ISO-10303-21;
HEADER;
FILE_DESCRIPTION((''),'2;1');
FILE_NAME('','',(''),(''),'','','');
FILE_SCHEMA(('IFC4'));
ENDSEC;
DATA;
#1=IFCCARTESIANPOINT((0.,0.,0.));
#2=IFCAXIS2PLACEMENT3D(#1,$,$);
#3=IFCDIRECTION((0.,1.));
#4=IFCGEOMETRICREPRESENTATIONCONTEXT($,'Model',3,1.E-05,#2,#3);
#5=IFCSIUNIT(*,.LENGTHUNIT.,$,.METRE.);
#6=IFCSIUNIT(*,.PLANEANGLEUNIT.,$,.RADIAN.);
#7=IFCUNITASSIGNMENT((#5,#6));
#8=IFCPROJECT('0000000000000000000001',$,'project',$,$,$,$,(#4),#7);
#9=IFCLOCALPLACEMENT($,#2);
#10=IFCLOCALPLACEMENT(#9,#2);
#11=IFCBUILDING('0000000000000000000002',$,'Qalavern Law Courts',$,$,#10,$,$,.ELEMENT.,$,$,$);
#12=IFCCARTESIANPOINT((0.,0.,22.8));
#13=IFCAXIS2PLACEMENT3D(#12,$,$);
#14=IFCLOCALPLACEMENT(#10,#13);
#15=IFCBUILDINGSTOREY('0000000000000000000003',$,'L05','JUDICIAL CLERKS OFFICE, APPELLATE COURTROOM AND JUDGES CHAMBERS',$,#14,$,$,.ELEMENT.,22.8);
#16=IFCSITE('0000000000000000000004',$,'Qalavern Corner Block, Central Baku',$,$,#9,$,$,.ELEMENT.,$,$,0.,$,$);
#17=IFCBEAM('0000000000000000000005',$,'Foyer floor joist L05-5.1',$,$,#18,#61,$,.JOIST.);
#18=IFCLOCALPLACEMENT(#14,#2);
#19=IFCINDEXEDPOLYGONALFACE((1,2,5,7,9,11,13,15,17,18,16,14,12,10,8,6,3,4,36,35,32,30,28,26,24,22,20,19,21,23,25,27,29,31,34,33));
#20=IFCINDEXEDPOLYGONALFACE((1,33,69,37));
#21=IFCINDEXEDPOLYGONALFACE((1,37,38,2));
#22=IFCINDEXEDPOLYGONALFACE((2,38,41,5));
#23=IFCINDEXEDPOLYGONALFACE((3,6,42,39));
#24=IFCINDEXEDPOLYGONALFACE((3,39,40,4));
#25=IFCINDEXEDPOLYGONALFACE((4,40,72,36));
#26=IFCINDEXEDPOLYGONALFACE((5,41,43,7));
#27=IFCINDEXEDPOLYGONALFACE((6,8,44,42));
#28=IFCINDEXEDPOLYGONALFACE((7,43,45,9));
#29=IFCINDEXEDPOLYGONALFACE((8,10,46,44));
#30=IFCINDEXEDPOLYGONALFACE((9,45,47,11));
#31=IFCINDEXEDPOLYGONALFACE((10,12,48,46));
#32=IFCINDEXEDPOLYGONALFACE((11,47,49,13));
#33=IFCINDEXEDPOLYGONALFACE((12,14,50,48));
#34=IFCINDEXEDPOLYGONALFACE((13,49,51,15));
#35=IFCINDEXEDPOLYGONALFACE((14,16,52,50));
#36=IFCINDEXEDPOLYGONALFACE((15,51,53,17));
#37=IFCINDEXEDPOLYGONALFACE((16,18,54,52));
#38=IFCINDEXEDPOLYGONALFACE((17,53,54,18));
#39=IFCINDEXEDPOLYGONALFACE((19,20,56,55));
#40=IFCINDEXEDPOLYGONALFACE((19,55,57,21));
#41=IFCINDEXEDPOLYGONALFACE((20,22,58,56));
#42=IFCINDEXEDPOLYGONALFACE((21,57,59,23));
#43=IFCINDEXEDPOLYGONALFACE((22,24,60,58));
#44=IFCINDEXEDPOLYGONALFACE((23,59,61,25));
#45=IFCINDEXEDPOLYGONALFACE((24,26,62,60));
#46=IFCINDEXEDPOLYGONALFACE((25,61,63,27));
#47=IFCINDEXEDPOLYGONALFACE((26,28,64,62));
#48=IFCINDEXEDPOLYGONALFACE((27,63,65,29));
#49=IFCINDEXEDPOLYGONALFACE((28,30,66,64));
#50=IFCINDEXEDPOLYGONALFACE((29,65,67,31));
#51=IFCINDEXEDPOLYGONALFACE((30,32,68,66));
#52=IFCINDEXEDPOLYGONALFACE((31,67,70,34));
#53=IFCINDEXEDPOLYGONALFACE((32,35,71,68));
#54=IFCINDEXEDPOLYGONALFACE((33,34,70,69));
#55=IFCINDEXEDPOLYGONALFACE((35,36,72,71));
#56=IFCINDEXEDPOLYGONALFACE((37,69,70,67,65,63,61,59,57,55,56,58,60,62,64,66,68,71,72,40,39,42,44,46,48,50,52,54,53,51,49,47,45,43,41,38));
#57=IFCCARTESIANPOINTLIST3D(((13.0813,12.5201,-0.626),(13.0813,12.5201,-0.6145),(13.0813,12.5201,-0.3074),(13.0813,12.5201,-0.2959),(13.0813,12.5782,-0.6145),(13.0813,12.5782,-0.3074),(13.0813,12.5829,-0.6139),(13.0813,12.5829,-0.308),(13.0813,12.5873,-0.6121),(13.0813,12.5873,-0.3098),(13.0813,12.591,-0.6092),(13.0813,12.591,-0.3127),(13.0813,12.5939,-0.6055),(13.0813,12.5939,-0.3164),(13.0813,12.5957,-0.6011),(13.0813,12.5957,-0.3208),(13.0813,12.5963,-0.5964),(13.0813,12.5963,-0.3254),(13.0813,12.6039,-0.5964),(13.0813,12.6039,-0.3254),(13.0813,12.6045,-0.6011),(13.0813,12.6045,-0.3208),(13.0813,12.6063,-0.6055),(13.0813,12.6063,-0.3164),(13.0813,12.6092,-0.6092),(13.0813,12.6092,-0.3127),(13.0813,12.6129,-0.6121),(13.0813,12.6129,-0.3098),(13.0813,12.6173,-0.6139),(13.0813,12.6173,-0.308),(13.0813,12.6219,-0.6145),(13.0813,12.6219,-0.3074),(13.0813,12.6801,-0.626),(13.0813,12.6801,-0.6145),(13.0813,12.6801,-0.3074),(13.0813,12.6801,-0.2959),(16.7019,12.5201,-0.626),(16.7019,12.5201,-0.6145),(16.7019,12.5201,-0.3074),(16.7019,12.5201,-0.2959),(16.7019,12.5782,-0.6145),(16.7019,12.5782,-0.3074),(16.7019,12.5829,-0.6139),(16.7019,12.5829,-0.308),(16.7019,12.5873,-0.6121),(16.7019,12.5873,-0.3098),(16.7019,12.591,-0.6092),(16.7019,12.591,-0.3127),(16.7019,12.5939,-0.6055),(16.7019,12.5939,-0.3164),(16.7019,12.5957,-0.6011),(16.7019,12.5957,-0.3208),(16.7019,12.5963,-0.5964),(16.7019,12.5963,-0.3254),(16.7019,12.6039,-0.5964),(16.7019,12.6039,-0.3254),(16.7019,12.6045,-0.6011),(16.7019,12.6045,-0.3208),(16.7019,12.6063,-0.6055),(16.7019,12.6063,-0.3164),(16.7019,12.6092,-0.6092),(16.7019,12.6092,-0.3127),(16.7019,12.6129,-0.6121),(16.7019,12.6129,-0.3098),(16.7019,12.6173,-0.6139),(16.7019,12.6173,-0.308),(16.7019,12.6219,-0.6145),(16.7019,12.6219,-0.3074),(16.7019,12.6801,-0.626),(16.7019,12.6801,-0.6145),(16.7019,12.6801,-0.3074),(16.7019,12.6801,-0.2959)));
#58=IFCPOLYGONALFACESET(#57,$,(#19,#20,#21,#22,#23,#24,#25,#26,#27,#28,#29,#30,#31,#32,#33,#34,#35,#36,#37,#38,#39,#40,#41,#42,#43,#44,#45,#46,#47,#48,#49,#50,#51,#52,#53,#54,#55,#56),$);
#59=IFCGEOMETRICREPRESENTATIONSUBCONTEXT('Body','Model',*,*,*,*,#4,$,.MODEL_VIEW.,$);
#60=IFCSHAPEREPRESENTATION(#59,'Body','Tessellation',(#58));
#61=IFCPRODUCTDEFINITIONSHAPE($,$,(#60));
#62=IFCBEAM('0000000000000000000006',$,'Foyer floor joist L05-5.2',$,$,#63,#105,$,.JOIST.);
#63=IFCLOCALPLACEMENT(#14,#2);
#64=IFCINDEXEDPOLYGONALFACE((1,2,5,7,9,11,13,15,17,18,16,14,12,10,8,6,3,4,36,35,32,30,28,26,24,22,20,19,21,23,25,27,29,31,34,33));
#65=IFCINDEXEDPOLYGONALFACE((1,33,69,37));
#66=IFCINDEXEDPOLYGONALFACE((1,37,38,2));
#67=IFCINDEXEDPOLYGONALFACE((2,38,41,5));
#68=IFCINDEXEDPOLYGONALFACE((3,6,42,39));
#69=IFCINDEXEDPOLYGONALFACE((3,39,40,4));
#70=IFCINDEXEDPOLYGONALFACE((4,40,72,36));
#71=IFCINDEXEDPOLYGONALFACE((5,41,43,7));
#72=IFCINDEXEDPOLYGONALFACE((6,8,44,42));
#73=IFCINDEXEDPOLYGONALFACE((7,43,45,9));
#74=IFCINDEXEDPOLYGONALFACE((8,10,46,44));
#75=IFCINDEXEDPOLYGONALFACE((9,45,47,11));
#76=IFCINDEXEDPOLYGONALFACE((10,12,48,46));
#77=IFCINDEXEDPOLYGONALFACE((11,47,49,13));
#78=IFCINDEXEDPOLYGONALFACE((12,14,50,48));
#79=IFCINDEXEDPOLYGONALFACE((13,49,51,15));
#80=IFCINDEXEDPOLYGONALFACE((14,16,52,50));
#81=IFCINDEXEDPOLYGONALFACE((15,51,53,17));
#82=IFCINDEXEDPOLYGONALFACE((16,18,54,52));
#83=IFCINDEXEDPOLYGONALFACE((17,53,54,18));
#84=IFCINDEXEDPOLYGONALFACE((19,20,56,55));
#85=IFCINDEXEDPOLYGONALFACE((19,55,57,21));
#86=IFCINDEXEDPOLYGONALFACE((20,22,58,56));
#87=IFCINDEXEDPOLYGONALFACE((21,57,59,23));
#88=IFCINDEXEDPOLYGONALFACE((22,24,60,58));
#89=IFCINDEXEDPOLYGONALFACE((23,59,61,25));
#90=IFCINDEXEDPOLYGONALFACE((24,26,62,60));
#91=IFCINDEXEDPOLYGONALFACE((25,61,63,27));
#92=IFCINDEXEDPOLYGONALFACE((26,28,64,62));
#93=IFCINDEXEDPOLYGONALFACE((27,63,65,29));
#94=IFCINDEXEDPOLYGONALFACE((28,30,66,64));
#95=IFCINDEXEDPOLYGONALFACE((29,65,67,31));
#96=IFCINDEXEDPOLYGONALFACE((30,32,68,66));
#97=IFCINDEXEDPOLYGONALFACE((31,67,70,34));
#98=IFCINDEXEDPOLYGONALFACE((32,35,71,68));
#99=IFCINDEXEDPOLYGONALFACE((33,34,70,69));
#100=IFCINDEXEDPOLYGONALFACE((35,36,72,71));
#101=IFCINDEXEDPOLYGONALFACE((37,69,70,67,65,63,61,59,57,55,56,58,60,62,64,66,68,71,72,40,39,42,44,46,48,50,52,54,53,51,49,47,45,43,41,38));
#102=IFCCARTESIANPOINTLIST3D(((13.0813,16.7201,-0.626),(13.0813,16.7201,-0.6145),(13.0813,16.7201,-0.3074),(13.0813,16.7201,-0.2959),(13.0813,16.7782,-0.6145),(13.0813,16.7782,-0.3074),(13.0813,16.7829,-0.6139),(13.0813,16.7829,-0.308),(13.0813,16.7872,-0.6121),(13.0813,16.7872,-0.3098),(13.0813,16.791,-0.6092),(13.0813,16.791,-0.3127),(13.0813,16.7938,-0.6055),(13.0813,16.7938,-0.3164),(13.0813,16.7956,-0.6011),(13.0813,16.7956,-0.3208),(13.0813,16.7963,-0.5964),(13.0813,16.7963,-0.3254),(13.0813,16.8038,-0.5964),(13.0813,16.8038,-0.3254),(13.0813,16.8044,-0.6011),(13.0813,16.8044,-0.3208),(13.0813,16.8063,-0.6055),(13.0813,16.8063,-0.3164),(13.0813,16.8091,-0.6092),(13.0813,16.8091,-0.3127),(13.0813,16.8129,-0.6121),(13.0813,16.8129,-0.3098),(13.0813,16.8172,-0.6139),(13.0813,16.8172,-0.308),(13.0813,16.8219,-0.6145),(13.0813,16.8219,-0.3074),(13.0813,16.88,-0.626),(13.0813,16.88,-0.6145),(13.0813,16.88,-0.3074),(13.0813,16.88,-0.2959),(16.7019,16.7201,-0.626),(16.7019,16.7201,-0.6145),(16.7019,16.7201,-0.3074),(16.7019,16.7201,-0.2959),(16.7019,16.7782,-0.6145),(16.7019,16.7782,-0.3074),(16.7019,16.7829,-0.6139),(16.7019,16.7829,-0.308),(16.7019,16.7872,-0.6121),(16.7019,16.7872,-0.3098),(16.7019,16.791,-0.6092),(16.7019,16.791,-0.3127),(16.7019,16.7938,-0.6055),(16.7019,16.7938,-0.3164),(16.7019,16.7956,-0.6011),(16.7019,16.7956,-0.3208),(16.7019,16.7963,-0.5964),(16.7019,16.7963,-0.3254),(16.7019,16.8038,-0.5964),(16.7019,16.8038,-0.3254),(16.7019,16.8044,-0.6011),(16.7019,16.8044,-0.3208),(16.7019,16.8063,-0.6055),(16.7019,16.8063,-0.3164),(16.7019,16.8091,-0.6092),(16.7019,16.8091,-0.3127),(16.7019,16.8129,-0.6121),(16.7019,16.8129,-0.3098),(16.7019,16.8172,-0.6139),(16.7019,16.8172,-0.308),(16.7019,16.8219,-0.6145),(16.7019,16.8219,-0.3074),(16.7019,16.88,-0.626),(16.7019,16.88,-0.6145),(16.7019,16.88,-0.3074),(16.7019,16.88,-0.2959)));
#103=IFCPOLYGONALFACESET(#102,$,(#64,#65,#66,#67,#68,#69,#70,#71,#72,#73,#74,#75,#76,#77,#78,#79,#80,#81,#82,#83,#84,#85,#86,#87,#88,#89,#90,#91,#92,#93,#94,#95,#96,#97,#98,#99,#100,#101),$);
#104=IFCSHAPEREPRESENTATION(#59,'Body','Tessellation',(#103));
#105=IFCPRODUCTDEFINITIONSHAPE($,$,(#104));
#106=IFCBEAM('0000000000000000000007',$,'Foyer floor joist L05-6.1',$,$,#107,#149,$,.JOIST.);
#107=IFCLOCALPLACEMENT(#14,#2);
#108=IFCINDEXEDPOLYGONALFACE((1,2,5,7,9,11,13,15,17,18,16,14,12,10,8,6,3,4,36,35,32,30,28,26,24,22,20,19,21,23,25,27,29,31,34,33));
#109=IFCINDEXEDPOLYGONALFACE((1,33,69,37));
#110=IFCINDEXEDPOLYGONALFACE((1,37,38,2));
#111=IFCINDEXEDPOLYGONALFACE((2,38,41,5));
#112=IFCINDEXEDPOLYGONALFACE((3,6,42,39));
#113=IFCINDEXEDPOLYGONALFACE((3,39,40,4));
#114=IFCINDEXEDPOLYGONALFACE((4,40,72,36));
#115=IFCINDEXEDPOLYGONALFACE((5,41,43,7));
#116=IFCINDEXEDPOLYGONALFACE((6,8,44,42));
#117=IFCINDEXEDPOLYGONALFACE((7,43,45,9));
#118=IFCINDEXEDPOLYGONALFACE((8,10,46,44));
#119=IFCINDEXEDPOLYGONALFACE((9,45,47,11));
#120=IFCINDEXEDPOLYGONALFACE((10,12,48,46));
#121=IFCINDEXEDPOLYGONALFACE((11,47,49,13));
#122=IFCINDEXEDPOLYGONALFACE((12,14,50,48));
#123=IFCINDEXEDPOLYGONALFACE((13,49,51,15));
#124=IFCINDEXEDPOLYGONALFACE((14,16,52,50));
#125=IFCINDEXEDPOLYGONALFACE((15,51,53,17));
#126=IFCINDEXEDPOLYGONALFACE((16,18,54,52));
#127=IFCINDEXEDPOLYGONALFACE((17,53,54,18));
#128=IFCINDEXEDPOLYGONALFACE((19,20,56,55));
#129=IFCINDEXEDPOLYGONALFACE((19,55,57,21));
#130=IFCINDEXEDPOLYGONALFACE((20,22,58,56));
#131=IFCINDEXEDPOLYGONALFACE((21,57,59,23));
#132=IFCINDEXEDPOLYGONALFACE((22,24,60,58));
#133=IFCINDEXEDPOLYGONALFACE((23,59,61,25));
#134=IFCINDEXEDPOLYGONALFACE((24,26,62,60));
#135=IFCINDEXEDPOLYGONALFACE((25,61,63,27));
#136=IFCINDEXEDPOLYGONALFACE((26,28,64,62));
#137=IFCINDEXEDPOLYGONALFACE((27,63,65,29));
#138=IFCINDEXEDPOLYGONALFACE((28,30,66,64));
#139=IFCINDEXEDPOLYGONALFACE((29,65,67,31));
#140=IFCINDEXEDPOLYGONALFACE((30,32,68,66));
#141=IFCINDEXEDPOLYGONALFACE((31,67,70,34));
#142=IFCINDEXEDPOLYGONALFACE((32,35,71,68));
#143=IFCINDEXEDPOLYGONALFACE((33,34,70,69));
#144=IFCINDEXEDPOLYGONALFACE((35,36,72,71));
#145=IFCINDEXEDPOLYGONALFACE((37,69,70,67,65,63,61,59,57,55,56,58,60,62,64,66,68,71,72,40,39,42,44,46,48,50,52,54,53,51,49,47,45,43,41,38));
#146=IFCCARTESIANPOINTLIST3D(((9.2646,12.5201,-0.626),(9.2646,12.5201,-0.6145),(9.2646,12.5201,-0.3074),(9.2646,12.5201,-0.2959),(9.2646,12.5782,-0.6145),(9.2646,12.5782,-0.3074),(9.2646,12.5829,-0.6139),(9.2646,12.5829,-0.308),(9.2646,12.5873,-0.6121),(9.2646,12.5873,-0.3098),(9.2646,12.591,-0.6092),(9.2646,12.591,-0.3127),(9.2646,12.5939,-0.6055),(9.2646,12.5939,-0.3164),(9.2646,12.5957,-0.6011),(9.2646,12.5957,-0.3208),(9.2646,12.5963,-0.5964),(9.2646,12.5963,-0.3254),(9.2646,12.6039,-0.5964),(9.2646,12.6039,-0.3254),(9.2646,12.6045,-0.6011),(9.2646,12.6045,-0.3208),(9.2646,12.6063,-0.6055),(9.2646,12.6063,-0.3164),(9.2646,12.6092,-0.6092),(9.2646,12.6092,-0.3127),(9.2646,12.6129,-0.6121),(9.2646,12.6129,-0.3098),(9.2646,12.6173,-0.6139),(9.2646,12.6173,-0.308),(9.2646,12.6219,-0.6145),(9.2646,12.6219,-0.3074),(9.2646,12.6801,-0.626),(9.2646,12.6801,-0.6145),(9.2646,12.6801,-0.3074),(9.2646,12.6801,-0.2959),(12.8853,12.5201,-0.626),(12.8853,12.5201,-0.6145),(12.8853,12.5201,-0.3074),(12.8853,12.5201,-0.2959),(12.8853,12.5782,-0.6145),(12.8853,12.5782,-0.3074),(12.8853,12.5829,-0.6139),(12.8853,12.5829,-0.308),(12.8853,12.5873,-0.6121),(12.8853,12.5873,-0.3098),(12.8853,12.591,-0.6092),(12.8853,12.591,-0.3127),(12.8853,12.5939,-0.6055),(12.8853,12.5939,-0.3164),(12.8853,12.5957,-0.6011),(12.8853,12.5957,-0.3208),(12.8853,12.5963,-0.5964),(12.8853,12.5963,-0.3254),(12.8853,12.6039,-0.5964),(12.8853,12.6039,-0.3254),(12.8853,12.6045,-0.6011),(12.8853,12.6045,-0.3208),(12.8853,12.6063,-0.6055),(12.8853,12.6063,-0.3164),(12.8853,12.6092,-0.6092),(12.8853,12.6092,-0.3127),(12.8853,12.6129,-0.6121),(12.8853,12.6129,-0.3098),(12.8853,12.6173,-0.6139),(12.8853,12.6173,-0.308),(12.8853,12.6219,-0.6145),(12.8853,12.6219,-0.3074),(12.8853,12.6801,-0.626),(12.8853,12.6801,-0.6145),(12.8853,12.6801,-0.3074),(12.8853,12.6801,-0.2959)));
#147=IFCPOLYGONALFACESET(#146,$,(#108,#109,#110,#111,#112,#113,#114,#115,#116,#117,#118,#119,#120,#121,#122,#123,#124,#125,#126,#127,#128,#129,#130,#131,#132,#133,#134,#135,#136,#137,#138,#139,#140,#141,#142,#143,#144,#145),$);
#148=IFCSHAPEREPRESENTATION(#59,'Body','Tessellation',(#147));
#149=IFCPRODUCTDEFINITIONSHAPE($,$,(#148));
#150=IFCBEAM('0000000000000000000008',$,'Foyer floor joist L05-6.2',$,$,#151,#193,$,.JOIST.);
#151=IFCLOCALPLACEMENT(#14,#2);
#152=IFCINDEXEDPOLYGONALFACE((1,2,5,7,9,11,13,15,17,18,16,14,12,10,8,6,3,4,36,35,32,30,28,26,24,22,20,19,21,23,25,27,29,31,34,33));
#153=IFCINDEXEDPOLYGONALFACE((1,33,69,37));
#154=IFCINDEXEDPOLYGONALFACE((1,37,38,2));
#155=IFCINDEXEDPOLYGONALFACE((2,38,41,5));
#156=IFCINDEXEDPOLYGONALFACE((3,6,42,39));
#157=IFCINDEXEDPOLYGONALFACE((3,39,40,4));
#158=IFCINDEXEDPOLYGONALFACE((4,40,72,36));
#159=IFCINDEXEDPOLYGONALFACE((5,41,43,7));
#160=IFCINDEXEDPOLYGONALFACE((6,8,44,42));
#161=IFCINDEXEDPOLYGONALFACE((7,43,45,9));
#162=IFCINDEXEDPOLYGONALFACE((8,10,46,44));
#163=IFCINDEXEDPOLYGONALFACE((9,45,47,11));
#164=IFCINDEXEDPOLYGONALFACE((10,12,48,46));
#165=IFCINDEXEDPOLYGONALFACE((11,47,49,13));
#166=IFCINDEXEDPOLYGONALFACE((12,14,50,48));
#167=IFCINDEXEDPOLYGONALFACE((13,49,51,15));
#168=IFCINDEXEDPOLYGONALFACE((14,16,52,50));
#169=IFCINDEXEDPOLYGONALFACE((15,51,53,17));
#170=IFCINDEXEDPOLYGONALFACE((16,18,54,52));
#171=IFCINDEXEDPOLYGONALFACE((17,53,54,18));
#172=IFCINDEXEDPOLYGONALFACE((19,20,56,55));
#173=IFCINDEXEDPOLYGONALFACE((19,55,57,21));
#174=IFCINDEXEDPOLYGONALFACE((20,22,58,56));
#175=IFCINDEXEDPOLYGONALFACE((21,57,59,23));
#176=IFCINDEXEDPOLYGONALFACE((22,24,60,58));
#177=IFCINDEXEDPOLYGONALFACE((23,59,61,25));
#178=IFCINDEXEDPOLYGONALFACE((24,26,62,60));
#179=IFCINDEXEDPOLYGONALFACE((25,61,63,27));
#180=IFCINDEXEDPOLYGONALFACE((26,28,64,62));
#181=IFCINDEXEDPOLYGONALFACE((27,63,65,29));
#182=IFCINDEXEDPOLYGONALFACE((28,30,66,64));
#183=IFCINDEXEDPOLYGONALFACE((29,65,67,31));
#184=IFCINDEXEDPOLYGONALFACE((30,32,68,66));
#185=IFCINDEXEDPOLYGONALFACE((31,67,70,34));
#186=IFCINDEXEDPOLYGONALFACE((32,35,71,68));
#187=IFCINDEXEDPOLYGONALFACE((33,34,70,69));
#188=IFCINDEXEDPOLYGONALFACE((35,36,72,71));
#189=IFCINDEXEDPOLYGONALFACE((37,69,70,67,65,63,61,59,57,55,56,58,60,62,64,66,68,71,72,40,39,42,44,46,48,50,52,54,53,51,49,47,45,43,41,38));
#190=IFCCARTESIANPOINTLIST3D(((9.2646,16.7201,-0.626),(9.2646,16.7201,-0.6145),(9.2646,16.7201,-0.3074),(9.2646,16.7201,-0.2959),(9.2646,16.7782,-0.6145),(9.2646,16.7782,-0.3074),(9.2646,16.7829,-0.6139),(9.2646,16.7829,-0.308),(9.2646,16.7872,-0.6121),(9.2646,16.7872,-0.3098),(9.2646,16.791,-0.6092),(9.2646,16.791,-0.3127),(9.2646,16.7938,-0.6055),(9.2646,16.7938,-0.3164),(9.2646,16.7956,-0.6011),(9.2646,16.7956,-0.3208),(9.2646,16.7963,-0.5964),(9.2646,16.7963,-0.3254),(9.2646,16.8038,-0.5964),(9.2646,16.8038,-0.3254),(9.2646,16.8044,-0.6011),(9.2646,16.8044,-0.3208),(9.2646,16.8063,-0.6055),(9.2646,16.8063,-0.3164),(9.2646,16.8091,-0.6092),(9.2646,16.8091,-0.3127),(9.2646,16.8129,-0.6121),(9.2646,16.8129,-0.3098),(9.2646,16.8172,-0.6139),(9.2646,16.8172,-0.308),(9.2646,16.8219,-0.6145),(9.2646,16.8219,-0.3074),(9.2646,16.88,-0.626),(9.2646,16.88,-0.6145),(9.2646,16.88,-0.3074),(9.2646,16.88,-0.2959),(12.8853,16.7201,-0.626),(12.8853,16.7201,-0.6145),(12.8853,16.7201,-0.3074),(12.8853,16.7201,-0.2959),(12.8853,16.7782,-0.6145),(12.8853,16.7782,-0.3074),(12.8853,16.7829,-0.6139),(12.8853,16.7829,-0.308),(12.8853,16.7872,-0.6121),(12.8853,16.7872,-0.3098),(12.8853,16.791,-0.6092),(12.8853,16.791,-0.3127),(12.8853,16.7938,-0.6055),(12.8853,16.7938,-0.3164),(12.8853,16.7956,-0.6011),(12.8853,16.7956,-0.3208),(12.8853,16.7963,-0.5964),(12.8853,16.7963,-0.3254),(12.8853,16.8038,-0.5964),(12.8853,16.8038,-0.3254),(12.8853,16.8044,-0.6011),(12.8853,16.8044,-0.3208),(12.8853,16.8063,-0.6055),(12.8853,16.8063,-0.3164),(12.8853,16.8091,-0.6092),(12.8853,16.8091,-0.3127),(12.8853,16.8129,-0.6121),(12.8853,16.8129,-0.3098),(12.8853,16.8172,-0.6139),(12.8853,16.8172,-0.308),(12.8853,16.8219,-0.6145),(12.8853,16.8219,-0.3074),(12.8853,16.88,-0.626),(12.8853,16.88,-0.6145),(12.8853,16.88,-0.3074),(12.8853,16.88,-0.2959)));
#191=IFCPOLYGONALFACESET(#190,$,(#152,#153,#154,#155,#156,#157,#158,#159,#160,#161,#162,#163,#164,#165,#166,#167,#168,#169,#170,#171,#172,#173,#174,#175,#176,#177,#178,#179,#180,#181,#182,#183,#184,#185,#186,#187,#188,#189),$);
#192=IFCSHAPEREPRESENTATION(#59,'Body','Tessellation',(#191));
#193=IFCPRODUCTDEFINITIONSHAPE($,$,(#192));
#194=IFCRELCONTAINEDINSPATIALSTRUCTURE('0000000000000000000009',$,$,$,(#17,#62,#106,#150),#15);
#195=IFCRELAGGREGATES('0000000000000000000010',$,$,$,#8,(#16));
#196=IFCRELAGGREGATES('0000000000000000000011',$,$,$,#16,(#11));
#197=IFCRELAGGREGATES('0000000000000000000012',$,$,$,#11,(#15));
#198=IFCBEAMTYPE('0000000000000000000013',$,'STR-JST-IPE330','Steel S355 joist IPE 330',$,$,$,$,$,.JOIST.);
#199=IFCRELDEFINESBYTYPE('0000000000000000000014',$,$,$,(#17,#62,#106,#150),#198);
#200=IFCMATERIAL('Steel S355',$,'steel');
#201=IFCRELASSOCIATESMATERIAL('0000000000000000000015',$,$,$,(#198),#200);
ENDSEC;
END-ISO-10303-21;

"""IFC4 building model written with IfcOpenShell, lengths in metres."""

from ifc_helpers import new_model, si_unit, direction, frame, origin, origin_2d, place, context, subcontext, project, spatial, i_section, extrude, material, material_profile, profile_set, type_object, element, save


model = new_model("IFC4")

# Units and contexts
model_context = context("Model", 3, precision=1e-05, world=origin(), true_north=direction((0.0, 1.0)))
body_context = subcontext(model_context, "Body", "Model", "MODEL_VIEW")
ifc_project = project(units=[si_unit("LENGTHUNIT", "METRE"), si_unit("PLANEANGLEUNIT", "RADIAN")], contexts=[model_context])

# Site, building, storey
site_placement = place(None, origin())
site = spatial("IfcSite", under=ifc_project, at=site_placement, Name="Qalavern Corner Block, Central Baku", CompositionType="ELEMENT", RefElevation=0.0)
building_placement = place(site_placement, origin())
building = spatial("IfcBuilding", under=site, at=building_placement, Name="Qalavern Law Courts", CompositionType="ELEMENT")
storey_placement = place(building_placement, frame((0.0, 0.0, 22.8)))
storey = spatial("IfcBuildingStorey", under=building, at=storey_placement, Name="L05", Description="JUDICIAL CLERKS OFFICE, APPELLATE COURTROOM AND JUDGES CHAMBERS", CompositionType="ELEMENT", Elevation=22.8)

# Beams
ifc_material_1 = material(Name="Steel S355", Category="steel")
ifc_material_profile_1 = material_profile(ifc_material_1, i_section(OverallWidth=0.1599, OverallDepth=0.3301, WebThickness=0.0076, FlangeThickness=0.0115, FilletRadius=0.0181, at=origin_2d()), Name="IPE 330")
ifc_profile_set_1 = profile_set([ifc_material_profile_1], Name="Steel S355")
beam_type_1 = type_object("IfcBeamType", Name="STR-JST-IPE330", Description="Steel S355 joist IPE 330", PredefinedType="JOIST", material=ifc_profile_set_1)
for number, where, z_axis, x_axis, name in (
    (1, (13.0813, 12.6001, -0.4609), (1.0, 0.0, 0.0), (0.0, 1.0, 0.0), "Foyer floor joist L05-5.1"),
    (2, (13.0813, 16.8, -0.4609), (1.0, 0.0, 0.0), (0.0, 1.0, 0.0), "Foyer floor joist L05-5.2"),
    (3, (9.2646, 12.6001, -0.4609), (1.0, 0.0, 0.0), (0.0, 1.0, 0.0), "Foyer floor joist L05-6.1"),
    (4, (9.2646, 16.8, -0.4609), (1.0, 0.0, 0.0), (0.0, 1.0, 0.0), "Foyer floor joist L05-6.2"),
):
    element("IfcBeam", number, at=place(storey_placement, frame(where, z_axis=z_axis, x_axis=x_axis)), inside=storey, type_object=beam_type_1, Name=name, PredefinedType="JOIST", context=body_context, shape_type="SweptSolid", body=[
        extrude(i_section(OverallWidth=0.1599, OverallDepth=0.3301, WebThickness=0.0076, FlangeThickness=0.0115, FilletRadius=0.0181, at=origin_2d()), origin(), (0.0, 0.0, 1.0), 3.6206),
    ])

save(model, "model.ifc")
